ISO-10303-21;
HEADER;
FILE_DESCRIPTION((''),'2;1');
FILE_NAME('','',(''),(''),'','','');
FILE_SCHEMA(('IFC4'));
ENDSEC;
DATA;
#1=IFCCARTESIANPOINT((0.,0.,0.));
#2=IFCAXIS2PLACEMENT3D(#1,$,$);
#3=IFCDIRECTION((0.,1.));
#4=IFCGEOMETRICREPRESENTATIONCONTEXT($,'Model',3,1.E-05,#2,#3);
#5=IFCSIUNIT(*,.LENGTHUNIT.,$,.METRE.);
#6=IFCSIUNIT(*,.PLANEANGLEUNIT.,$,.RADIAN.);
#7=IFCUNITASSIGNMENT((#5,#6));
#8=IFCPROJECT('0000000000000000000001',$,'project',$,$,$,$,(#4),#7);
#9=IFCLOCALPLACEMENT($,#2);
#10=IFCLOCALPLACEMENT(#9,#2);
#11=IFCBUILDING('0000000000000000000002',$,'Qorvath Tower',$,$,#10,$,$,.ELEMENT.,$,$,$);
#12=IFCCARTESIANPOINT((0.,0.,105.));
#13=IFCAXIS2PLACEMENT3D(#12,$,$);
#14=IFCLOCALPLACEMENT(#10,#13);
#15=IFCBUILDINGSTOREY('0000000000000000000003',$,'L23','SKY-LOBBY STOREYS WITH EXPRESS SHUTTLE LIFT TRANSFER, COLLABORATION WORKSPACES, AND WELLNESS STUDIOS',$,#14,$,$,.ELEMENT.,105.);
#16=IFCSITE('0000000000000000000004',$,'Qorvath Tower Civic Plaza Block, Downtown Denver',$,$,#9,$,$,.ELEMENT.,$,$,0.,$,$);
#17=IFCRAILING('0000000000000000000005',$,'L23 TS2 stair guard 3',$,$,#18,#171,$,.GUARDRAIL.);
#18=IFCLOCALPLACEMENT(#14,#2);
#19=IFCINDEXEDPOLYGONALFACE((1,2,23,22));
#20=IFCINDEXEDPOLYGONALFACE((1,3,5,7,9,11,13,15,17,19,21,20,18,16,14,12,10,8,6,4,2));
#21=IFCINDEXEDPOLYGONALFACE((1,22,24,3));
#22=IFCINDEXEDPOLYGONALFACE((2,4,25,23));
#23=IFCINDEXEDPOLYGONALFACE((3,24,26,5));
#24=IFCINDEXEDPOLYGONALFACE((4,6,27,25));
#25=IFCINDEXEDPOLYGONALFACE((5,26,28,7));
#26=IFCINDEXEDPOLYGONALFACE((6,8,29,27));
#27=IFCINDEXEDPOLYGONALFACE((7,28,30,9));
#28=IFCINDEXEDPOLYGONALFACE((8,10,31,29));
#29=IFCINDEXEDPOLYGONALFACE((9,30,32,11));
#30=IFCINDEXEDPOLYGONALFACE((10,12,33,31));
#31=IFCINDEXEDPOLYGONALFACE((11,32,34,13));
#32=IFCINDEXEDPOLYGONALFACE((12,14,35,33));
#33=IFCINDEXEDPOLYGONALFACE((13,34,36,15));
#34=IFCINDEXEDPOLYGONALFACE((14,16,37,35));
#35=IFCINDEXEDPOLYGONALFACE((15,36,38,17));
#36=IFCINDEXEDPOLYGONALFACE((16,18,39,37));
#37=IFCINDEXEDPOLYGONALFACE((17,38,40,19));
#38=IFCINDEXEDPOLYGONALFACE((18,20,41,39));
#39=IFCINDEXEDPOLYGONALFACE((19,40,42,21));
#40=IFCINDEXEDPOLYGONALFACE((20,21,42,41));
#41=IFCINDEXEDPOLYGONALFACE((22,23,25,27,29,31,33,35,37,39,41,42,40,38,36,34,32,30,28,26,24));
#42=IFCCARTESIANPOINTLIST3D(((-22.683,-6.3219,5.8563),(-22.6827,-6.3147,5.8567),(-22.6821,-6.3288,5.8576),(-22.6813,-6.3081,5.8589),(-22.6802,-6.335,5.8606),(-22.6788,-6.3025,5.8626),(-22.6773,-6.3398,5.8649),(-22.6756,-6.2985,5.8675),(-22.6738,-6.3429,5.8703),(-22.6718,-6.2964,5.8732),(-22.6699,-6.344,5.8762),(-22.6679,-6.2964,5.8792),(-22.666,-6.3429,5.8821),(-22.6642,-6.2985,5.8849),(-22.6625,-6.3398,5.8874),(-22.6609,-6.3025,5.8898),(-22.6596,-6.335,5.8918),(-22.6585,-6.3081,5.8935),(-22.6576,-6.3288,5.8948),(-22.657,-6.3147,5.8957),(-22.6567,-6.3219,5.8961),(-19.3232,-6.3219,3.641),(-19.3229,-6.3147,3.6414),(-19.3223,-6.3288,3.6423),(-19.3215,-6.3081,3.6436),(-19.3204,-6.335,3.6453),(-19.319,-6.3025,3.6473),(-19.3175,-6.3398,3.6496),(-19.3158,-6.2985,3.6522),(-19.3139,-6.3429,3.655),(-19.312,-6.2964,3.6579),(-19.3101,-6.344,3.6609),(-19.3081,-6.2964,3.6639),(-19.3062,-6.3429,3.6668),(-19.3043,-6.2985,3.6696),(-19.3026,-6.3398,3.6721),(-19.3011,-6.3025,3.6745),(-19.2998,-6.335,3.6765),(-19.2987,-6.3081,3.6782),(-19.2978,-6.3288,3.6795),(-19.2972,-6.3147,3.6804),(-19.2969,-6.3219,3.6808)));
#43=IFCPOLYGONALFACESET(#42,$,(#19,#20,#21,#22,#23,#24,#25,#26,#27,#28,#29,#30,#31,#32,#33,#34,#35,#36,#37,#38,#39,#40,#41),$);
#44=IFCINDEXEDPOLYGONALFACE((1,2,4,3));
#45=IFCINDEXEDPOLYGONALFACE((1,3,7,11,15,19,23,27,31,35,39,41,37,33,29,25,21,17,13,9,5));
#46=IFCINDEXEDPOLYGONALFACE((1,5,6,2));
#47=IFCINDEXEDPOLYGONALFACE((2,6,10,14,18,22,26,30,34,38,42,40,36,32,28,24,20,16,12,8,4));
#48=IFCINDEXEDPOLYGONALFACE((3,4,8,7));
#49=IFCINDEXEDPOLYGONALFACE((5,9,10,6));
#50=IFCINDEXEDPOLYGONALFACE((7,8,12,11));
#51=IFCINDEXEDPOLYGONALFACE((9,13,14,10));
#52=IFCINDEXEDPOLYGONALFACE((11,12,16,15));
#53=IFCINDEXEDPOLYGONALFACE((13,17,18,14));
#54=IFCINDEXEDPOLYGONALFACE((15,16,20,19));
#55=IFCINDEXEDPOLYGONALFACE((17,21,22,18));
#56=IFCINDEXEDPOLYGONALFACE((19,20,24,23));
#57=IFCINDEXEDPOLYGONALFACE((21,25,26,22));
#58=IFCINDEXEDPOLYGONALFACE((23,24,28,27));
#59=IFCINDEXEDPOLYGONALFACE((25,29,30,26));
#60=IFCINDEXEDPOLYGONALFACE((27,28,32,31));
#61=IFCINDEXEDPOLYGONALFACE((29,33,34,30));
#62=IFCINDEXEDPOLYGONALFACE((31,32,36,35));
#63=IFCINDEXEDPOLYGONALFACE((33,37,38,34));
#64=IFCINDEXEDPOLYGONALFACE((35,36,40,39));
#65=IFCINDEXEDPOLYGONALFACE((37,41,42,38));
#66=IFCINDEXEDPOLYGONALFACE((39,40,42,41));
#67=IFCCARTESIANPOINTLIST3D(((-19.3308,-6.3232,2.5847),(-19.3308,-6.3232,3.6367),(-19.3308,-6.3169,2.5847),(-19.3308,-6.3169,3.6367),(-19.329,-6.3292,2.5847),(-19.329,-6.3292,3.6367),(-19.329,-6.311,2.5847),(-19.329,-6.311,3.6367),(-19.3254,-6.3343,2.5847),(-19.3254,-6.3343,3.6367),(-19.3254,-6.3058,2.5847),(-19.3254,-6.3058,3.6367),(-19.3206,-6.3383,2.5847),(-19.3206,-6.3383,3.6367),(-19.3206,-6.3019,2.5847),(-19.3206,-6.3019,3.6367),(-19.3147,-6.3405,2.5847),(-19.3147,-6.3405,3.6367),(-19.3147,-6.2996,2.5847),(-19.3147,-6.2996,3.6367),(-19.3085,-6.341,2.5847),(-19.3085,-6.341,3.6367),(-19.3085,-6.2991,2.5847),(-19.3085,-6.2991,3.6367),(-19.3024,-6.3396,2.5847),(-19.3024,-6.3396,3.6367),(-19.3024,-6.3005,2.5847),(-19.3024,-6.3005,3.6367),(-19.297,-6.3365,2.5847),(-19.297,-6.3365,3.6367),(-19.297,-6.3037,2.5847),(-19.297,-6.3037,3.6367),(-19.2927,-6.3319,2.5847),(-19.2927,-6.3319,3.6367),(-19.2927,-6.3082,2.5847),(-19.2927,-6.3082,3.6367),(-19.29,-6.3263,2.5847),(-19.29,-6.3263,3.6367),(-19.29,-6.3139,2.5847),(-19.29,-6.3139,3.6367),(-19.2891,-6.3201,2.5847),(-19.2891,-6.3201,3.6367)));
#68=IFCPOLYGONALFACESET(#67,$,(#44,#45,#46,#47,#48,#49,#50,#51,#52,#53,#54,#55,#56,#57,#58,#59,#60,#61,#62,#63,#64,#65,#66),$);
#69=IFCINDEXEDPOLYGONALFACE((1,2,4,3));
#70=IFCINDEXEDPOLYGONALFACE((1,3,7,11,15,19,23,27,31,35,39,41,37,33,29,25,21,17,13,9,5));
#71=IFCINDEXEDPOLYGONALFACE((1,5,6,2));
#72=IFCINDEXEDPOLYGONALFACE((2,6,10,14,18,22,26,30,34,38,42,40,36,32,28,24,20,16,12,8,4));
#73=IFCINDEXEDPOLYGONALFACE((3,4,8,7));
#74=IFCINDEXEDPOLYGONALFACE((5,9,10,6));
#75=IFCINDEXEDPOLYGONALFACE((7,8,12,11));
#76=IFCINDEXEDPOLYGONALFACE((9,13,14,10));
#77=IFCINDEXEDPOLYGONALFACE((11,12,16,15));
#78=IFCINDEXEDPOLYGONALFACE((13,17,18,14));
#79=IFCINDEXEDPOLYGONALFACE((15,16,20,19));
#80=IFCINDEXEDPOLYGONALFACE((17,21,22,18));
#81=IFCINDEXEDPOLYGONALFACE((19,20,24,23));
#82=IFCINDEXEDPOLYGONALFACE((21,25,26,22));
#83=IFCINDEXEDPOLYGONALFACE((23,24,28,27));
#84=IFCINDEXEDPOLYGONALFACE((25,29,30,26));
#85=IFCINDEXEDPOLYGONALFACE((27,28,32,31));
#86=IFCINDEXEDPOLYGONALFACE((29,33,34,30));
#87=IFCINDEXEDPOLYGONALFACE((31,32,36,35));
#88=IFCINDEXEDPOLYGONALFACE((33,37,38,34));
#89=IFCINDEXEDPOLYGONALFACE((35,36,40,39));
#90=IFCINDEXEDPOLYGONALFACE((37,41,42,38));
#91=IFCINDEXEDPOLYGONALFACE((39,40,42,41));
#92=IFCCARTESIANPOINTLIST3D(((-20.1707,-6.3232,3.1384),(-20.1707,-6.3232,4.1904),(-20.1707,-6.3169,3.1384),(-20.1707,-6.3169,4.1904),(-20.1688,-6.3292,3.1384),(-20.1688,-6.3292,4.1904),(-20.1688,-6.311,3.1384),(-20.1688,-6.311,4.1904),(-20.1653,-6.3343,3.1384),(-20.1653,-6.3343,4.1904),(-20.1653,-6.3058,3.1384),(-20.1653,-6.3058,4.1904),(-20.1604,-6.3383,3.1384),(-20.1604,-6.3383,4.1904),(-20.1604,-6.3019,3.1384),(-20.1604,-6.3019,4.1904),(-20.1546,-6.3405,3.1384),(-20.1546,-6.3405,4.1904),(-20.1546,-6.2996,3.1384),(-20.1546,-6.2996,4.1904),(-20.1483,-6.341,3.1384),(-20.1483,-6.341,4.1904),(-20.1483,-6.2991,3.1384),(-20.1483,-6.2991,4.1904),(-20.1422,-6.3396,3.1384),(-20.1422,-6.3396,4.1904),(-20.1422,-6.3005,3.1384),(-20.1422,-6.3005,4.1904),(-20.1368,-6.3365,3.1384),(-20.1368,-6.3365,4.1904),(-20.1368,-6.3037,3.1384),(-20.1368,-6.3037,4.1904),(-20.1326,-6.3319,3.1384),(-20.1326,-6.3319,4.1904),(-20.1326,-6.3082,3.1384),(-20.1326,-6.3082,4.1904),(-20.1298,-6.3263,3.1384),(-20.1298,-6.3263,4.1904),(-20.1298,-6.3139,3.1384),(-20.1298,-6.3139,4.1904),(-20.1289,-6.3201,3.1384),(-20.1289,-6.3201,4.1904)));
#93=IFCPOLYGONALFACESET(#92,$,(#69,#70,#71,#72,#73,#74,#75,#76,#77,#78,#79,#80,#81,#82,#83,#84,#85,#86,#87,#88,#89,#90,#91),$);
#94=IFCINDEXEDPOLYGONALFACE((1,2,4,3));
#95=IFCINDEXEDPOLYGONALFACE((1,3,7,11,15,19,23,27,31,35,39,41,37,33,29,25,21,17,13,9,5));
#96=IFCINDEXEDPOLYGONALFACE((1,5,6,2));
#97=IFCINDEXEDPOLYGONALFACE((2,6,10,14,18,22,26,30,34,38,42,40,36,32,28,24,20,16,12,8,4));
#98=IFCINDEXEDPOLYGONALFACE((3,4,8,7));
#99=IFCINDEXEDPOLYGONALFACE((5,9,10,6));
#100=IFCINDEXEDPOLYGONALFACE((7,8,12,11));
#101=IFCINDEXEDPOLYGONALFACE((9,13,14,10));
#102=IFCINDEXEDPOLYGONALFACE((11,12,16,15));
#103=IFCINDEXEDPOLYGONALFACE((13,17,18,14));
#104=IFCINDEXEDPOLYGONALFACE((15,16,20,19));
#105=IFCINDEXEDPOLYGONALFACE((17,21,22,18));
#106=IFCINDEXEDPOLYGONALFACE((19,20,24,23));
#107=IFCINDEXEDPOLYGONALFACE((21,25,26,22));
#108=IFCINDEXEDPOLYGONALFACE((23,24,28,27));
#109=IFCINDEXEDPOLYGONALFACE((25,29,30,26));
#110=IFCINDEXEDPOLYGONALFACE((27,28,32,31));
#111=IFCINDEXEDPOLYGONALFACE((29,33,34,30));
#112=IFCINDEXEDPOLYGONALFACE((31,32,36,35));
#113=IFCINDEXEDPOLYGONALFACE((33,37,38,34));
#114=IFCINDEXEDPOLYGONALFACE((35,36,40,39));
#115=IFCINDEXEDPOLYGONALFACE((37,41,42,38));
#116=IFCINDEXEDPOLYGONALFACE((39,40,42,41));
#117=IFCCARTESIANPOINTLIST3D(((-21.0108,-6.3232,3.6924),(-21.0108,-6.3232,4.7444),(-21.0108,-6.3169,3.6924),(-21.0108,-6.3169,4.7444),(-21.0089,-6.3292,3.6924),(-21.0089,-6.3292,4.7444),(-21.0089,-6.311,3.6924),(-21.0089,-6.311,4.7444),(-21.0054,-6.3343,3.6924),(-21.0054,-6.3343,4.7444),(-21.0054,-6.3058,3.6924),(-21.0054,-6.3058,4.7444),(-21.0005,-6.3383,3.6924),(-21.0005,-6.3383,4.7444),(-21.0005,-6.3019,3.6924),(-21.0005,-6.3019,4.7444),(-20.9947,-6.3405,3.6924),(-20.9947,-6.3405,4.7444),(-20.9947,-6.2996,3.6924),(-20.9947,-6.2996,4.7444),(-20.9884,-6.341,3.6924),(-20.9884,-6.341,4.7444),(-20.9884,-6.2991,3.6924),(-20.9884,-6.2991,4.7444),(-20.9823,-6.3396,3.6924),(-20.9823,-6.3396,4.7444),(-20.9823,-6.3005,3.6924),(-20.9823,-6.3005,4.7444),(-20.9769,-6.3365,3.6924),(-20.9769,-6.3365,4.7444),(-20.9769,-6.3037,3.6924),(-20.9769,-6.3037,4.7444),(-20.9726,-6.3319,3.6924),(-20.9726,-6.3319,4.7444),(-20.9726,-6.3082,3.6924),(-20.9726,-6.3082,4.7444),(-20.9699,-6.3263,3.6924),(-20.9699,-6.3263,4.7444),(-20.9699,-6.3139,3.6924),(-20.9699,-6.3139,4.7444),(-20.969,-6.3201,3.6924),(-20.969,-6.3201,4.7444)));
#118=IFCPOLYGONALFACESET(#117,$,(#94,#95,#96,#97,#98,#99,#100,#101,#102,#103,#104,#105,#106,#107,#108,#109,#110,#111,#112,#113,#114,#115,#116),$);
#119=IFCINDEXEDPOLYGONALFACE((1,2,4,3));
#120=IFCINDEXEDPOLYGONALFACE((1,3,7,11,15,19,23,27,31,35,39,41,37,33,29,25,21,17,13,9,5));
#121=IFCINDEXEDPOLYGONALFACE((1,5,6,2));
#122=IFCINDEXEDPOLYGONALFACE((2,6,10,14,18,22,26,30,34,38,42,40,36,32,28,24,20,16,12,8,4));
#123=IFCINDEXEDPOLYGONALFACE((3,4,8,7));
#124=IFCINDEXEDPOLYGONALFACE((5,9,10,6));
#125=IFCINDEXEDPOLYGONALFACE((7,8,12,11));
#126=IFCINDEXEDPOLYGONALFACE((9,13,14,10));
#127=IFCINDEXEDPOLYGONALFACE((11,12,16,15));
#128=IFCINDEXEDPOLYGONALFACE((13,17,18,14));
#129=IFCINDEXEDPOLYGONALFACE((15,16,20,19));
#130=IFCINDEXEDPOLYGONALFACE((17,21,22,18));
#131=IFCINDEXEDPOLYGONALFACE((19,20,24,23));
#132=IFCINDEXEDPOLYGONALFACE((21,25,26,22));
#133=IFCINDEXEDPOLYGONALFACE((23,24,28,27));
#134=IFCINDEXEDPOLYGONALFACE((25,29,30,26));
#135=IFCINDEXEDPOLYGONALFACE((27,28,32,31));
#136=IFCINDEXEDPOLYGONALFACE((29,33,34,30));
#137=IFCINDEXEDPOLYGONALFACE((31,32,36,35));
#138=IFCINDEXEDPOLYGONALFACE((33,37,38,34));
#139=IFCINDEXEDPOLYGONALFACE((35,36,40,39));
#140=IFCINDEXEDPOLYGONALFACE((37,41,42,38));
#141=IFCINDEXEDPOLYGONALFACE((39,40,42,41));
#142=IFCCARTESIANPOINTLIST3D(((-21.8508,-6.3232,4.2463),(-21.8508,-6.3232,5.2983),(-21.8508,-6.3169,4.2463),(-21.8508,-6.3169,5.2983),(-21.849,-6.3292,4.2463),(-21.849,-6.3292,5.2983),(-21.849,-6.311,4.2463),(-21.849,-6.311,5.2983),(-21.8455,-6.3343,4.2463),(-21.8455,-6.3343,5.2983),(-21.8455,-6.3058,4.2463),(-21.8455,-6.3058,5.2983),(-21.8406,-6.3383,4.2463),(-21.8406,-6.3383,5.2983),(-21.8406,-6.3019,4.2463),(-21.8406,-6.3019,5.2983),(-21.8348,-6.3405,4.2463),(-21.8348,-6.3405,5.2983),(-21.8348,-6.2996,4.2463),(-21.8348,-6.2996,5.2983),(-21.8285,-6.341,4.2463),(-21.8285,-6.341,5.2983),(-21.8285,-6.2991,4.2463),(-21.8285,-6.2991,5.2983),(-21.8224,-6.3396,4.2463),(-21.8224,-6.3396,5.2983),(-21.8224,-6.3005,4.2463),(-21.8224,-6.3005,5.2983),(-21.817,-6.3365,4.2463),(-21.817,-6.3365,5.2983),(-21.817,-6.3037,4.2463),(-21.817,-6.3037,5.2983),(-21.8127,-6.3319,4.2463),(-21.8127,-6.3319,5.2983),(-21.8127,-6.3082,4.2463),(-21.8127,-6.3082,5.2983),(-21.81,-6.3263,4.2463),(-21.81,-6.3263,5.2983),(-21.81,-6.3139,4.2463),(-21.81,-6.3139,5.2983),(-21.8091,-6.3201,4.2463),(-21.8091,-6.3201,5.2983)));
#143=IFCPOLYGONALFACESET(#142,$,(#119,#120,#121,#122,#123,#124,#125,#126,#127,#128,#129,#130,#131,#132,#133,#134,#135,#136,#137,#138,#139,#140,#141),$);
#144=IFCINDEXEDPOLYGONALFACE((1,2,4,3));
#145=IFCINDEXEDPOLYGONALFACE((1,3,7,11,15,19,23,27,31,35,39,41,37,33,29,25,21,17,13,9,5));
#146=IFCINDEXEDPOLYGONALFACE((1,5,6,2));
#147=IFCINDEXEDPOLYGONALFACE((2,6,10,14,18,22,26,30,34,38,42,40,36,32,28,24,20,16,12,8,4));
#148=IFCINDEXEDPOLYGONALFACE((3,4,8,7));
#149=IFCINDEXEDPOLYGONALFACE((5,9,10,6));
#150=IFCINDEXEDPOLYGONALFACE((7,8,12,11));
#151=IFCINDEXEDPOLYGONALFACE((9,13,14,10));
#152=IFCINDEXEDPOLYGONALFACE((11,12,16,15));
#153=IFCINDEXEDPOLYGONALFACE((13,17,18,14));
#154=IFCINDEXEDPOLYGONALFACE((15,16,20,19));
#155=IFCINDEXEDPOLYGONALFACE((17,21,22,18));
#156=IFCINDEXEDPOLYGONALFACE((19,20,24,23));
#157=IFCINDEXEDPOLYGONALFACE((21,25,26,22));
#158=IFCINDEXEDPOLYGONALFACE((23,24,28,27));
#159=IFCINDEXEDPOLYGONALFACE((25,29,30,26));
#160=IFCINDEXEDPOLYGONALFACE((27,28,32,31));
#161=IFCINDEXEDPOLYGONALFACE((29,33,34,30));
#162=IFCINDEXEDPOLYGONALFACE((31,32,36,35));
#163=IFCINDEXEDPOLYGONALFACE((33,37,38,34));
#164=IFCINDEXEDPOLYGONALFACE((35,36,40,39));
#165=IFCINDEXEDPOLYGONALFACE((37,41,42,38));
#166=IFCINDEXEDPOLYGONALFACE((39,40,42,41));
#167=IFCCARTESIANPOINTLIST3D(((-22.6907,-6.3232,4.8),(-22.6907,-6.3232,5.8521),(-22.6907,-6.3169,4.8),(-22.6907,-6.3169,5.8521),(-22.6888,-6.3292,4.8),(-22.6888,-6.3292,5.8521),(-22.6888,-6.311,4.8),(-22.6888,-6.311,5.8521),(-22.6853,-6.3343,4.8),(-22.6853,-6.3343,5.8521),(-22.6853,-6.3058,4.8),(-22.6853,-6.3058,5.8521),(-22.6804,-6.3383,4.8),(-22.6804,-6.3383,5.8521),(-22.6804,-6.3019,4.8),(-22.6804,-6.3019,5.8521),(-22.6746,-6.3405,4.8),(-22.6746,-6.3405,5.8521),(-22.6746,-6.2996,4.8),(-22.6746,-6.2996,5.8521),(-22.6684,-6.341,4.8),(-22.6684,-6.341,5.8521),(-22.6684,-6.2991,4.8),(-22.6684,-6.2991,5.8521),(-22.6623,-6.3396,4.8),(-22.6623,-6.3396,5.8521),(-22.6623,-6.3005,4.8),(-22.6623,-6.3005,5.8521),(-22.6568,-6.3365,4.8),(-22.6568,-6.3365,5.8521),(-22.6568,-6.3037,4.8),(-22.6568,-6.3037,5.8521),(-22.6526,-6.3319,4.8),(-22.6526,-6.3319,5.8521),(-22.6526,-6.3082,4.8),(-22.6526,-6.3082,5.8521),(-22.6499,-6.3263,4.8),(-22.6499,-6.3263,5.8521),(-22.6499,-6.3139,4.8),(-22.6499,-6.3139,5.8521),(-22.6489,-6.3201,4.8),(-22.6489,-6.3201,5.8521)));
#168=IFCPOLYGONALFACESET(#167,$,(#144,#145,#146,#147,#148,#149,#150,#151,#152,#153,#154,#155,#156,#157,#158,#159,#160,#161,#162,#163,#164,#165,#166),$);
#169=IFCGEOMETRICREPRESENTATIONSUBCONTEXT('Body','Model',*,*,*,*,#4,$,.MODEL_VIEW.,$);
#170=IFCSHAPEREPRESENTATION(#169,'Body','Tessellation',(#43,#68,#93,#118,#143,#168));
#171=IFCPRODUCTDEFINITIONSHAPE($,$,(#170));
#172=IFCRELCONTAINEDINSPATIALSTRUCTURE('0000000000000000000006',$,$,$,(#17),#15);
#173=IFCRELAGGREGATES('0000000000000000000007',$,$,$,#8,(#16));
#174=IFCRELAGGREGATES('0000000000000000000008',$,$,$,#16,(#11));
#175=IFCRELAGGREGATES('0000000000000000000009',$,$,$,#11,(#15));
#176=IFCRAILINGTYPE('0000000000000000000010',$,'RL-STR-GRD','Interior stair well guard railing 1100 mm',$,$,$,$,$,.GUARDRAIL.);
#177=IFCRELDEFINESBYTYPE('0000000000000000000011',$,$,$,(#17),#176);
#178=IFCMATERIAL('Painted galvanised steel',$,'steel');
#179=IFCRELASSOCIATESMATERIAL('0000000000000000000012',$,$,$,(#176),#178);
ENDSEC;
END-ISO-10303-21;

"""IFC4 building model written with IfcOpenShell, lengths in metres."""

from ifc_helpers import new_model, si_unit, direction, frame, origin, origin_2d, place, context, subcontext, project, spatial, circle, extrude, material, type_object, element, save


model = new_model("IFC4")

# Units and contexts
model_context = context("Model", 3, precision=1e-05, world=origin(), true_north=direction((0.0, 1.0)))
body_context = subcontext(model_context, "Body", "Model", "MODEL_VIEW")
ifc_project = project(units=[si_unit("LENGTHUNIT", "METRE"), si_unit("PLANEANGLEUNIT", "RADIAN")], contexts=[model_context])

# Site, building, storey
site_placement = place(None, origin())
site = spatial("IfcSite", under=ifc_project, at=site_placement, Name="Qorvath Tower Civic Plaza Block, Downtown Denver", CompositionType="ELEMENT", RefElevation=0.0)
building_placement = place(site_placement, origin())
building = spatial("IfcBuilding", under=site, at=building_placement, Name="Qorvath Tower", CompositionType="ELEMENT")
storey_placement = place(building_placement, frame((0.0, 0.0, 105.0)))
storey = spatial("IfcBuildingStorey", under=building, at=storey_placement, Name="L23", Description="SKY-LOBBY STOREYS WITH EXPRESS SHUTTLE LIFT TRANSFER, COLLABORATION WORKSPACES, AND WELLNESS STUDIOS", CompositionType="ELEMENT", Elevation=105.0)

# Railing
ifc_material_1 = material(Name="Painted galvanised steel", Category="steel")
railing_type_1 = type_object("IfcRailingType", Name="RL-STR-GRD", Description="Interior stair well guard railing 1100 mm", PredefinedType="GUARDRAIL", material=ifc_material_1)
railing_1_placement = place(storey_placement, frame((-19.3101, -6.3201, 2.5847)))
element("IfcRailing", 1, at=railing_1_placement, inside=storey, type_object=railing_type_1, Name="L23 TS2 stair guard 3", PredefinedType="GUARDRAIL", context=body_context, shape_type="SweptSolid", body=[
    extrude(circle(Radius=0.0239, at=origin_2d()), frame((0.0, 0.0, 1.0762), z_axis=(-0.834858, 0.0, 0.550465), x_axis=(0.0, -1.0, 0.0)), (0.0, 0.0, 1.0), 4.0244),
    extrude(circle(Radius=0.021, at=origin_2d()), origin(), (0.0, 0.0, 1.0), 1.052),
    extrude(circle(Radius=0.021, at=origin_2d()), frame((-0.8398, 0.0, 0.5537)), (0.0, 0.0, 1.0), 1.052),
    extrude(circle(Radius=0.021, at=origin_2d()), frame((-1.6799, 0.0, 1.1077)), (0.0, 0.0, 1.0), 1.052),
    extrude(circle(Radius=0.021, at=origin_2d()), frame((-2.52, 0.0, 1.6616)), (0.0, 0.0, 1.0), 1.052),
    extrude(circle(Radius=0.021, at=origin_2d()), frame((-3.3599, 0.0, 2.2153)), (0.0, 0.0, 1.0), 1.052),
])

save(model, "model.ifc")
